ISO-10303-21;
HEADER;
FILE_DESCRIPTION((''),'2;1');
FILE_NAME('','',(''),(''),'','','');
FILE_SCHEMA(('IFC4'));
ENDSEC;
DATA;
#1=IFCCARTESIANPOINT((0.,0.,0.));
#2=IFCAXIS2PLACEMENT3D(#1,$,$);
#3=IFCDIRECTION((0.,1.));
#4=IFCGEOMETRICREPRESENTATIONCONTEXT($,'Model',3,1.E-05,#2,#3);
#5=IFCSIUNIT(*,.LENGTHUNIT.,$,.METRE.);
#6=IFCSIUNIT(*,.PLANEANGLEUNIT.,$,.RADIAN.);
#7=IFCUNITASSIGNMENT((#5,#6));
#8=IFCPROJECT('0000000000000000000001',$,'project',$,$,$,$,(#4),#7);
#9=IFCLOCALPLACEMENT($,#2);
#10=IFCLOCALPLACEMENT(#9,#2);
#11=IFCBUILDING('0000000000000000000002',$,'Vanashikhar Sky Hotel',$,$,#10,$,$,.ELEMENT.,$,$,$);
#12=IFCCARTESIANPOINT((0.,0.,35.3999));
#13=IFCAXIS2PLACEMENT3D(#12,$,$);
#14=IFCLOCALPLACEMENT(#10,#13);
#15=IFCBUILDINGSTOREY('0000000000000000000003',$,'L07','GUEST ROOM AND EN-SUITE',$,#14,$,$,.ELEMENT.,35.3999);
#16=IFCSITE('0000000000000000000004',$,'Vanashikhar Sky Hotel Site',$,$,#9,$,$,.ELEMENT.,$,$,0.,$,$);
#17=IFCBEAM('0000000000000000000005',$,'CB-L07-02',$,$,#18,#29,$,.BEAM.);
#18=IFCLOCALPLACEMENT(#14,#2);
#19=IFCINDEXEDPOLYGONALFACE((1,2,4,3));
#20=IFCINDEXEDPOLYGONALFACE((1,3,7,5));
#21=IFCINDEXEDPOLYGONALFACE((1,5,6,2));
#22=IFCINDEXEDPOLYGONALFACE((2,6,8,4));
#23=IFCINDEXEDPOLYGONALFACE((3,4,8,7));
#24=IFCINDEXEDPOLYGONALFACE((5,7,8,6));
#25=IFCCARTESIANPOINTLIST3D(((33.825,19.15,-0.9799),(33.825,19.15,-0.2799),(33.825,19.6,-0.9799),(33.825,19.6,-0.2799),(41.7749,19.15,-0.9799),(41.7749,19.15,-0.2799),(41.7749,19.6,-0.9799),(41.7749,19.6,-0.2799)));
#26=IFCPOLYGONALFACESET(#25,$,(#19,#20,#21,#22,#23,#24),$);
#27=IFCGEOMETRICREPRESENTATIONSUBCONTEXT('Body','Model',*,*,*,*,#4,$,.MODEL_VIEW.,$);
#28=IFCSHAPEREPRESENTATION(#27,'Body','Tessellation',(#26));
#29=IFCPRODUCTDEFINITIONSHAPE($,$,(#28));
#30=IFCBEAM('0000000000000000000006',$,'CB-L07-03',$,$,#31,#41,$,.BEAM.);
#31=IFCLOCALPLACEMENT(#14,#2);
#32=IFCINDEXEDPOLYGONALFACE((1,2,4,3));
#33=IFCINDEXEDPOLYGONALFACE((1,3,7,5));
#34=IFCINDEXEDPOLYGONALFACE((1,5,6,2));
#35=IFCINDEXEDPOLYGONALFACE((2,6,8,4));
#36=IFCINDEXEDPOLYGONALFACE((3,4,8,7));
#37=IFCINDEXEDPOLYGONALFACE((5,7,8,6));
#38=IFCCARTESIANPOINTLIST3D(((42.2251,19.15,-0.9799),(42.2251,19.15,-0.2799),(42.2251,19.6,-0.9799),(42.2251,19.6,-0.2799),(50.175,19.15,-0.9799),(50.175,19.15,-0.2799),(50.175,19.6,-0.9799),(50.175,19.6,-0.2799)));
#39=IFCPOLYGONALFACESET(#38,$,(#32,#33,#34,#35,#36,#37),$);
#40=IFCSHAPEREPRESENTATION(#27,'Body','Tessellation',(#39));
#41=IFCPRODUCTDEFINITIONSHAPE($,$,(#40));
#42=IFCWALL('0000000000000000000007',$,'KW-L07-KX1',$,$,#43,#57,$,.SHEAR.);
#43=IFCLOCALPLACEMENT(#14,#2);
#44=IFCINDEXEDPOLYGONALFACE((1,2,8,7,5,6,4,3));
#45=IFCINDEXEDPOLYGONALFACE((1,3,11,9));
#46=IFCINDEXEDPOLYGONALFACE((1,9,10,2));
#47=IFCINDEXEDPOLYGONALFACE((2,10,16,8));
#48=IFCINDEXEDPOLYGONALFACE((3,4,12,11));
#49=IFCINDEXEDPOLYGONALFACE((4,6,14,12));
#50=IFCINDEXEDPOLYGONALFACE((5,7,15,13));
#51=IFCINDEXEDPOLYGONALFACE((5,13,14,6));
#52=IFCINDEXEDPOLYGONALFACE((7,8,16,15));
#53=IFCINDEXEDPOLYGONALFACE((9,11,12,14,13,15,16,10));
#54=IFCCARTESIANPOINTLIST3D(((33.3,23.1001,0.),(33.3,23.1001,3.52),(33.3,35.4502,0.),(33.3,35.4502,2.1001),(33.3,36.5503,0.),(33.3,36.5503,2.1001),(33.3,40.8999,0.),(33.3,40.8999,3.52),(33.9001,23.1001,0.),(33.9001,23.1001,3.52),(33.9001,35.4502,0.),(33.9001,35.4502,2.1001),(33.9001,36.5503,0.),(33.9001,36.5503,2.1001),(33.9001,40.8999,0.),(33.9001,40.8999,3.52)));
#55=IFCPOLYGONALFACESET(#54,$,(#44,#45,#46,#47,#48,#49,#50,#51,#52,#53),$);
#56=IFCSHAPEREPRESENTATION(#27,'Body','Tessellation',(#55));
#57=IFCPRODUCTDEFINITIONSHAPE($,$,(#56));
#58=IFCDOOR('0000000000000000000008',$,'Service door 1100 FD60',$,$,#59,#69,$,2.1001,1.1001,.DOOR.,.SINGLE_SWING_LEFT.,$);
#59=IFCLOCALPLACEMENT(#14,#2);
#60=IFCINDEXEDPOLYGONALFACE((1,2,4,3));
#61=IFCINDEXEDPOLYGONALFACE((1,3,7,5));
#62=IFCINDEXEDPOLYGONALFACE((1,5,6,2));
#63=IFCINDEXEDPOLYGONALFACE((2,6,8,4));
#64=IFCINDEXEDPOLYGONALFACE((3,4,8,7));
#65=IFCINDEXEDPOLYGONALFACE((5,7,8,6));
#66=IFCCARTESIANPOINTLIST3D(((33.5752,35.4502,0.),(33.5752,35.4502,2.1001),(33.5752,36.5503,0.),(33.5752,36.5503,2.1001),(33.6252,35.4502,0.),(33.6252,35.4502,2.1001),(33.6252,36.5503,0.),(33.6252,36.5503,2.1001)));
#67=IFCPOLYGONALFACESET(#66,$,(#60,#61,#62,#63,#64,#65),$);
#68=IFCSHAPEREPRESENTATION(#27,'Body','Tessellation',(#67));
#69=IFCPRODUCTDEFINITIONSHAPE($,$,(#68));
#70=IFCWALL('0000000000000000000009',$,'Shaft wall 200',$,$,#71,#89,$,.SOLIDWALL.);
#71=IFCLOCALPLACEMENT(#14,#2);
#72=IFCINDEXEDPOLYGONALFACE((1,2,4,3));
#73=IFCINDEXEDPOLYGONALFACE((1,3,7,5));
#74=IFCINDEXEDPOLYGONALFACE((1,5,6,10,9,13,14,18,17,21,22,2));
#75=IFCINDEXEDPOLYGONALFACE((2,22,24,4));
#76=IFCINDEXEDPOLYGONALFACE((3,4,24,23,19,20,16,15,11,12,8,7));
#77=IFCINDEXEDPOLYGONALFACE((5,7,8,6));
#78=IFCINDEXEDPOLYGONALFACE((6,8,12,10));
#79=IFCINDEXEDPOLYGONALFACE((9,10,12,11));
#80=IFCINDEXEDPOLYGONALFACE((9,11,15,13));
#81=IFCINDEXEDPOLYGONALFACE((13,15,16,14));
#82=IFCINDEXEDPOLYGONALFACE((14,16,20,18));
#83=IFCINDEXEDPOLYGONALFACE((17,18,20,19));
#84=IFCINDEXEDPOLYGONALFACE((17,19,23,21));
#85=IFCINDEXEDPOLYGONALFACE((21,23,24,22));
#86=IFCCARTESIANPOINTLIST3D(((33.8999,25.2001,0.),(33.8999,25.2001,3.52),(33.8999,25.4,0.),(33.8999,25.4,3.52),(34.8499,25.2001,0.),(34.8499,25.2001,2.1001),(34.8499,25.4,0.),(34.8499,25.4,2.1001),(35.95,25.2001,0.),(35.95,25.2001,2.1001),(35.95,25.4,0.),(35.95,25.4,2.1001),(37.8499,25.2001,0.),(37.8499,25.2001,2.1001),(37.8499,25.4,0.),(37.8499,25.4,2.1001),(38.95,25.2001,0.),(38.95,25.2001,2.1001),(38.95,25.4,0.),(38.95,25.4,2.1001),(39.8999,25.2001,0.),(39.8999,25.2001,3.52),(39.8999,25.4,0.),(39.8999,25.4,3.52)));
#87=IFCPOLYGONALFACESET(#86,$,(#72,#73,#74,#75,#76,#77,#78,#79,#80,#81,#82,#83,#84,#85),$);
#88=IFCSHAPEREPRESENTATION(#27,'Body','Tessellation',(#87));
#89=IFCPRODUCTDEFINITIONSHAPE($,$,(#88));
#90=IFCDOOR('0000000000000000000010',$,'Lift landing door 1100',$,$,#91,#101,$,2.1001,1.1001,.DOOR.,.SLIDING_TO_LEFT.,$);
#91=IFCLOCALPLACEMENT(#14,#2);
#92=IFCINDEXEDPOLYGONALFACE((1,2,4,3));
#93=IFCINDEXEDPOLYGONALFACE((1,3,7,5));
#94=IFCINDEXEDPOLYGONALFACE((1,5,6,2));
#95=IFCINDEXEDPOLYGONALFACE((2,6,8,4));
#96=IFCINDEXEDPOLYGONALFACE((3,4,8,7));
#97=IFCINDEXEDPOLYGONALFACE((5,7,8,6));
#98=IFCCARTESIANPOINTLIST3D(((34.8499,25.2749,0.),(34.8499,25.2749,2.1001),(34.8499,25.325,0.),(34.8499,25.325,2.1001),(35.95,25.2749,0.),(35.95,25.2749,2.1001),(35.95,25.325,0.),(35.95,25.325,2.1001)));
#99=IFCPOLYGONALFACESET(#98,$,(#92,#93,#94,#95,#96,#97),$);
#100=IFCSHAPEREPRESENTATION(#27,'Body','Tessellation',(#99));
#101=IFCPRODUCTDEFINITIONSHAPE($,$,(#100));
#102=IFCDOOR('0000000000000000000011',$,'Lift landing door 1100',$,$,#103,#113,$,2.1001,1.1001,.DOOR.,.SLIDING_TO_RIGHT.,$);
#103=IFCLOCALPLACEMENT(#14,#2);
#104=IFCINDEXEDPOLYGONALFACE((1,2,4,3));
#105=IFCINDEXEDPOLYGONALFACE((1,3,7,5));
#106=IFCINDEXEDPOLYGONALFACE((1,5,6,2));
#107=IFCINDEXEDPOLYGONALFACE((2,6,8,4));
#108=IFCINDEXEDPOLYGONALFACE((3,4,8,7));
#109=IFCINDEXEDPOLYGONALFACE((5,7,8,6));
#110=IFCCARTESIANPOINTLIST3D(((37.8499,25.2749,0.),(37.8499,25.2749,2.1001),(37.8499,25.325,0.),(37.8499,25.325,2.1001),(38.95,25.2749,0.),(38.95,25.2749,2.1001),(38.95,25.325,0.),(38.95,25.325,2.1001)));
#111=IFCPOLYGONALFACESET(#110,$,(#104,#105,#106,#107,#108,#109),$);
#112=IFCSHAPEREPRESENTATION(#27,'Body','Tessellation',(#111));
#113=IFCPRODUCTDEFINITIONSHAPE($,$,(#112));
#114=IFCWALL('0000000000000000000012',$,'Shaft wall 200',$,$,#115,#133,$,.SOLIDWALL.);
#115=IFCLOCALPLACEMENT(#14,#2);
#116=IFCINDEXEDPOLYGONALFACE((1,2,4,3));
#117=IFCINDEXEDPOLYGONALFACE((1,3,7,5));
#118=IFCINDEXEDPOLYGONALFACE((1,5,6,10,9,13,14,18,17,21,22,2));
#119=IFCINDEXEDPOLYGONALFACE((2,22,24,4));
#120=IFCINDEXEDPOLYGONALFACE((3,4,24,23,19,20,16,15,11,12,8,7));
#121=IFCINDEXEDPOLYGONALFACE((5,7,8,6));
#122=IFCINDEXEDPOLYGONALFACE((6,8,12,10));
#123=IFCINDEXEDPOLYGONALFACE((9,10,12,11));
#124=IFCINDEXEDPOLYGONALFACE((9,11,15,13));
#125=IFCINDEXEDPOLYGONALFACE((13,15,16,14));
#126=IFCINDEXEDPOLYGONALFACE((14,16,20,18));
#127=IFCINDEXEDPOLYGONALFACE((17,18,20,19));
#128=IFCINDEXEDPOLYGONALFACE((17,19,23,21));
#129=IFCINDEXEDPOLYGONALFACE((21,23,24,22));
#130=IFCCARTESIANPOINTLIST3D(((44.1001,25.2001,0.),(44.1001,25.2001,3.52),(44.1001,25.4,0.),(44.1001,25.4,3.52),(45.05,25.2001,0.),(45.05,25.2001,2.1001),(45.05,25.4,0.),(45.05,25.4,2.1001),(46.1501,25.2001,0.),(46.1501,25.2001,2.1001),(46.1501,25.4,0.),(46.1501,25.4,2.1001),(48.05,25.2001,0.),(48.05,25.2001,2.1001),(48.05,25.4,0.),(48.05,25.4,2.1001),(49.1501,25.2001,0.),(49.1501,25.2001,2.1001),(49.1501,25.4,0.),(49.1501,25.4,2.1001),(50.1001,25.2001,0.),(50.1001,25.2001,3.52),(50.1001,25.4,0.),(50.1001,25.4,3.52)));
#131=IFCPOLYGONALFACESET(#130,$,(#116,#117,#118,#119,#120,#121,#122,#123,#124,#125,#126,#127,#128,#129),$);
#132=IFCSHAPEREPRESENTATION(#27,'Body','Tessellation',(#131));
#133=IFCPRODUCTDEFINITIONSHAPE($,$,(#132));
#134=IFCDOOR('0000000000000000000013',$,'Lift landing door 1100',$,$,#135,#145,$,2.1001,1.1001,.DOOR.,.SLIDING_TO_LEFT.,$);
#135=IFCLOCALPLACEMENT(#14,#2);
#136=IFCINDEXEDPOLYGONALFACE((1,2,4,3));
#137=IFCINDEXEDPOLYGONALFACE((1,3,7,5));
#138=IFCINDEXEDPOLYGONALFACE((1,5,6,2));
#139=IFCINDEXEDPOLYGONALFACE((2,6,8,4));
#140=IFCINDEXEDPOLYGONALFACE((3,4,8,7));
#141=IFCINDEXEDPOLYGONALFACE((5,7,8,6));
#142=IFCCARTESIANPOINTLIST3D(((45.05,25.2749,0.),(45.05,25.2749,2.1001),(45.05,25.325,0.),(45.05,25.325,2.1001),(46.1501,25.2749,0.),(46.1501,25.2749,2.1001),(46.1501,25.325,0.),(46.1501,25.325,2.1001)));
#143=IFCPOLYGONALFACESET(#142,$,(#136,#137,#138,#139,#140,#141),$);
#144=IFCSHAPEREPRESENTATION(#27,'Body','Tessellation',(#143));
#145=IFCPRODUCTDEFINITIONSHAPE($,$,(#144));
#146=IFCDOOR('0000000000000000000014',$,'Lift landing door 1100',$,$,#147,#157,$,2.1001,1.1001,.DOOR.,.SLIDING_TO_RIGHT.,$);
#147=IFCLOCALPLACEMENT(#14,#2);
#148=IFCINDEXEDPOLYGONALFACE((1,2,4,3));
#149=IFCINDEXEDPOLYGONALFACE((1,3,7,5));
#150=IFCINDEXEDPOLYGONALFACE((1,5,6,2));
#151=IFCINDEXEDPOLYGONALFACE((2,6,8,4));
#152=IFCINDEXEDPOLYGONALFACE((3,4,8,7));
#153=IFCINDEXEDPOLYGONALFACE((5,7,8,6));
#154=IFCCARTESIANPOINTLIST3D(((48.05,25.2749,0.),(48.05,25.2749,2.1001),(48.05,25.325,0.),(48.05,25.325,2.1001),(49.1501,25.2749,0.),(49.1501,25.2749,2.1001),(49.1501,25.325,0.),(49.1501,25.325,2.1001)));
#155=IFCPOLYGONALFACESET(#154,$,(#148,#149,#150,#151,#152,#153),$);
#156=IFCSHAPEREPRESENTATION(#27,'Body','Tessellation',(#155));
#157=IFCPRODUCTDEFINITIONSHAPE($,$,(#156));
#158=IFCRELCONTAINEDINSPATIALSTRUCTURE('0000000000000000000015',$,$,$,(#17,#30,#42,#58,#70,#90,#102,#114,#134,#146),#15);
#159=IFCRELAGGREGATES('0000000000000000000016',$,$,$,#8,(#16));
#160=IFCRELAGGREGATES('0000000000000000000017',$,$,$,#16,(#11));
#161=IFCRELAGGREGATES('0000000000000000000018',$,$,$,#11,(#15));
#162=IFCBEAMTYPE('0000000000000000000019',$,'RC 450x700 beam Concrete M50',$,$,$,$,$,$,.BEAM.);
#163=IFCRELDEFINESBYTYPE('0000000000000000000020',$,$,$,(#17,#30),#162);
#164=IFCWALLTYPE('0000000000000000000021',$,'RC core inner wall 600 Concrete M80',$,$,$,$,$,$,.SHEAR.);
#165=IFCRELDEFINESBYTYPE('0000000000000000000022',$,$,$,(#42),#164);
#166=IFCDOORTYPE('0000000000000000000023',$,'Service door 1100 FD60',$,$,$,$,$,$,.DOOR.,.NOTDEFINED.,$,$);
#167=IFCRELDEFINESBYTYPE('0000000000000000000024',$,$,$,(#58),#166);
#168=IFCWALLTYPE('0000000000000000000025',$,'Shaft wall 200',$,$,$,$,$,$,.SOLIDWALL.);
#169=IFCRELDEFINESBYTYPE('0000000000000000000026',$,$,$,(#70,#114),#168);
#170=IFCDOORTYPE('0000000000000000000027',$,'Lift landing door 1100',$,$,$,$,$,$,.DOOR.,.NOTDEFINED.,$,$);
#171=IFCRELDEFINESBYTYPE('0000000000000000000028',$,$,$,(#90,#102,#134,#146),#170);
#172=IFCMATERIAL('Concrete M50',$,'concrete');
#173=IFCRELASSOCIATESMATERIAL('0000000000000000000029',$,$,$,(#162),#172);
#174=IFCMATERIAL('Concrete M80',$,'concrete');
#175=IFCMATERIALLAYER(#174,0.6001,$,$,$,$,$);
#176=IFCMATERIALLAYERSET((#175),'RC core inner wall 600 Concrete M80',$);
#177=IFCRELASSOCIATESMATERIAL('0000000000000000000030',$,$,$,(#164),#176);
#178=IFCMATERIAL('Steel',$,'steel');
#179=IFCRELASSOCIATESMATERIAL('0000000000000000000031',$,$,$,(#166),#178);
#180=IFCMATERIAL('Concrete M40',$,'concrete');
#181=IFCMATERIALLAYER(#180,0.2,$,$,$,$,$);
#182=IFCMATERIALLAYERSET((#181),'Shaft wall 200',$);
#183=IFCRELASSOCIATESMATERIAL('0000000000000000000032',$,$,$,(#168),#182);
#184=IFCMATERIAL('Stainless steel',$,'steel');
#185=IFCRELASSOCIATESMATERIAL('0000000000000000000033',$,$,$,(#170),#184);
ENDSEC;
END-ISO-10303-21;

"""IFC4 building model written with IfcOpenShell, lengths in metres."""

from ifc_helpers import new_model, si_unit, direction, frame, frame_2d, origin, origin_2d, place, context, subcontext, project, spatial, rectangle, extrude, source, transform, mapped, material, layer, layer_set, material_profile, profile_set, type_object, element, fill, save


model = new_model("IFC4")

# Units and contexts
model_context = context("Model", 3, precision=1e-05, world=origin(), true_north=direction((0.0, 1.0)))
body_context = subcontext(model_context, "Body", "Model", "MODEL_VIEW")
ifc_project = project(units=[si_unit("LENGTHUNIT", "METRE"), si_unit("PLANEANGLEUNIT", "RADIAN")], contexts=[model_context])

# Site, building, storey
site_placement = place(None, origin())
site = spatial("IfcSite", under=ifc_project, at=site_placement, Name="Vanashikhar Sky Hotel Site", CompositionType="ELEMENT", RefElevation=0.0)
building_placement = place(site_placement, origin())
building = spatial("IfcBuilding", under=site, at=building_placement, Name="Vanashikhar Sky Hotel", CompositionType="ELEMENT")
storey_placement = place(building_placement, frame((0.0, 0.0, 35.3999)))
storey = spatial("IfcBuildingStorey", under=building, at=storey_placement, Name="L07", Description="GUEST ROOM AND EN-SUITE", CompositionType="ELEMENT", Elevation=35.3999)

# Beams
ifc_material_1 = material(Name="Concrete M50", Category="concrete")
ifc_material_profile = material_profile(ifc_material_1, rectangle(XDim=0.45, YDim=0.7, at=origin_2d()))
ifc_profile_set = profile_set([ifc_material_profile], Name="RC 450x700 beam Concrete M50")
beam_type = type_object("IfcBeamType", Name="RC 450x700 beam Concrete M50", PredefinedType="BEAM", material=ifc_profile_set)
shared_shape_1 = source(origin(), body_context, "Body", "SweptSolid", [
    extrude(rectangle(XDim=0.45, YDim=0.7, at=origin_2d()), origin(), (0.0, 0.0, 1.0), 7.95),
])
for number, where, z_axis, x_axis, name in (
    (1, (33.825, 19.375, -0.6299), (1.0, 0.0, 0.0), (0.0, 1.0, 0.0), "CB-L07-02"),
    (2, (42.2251, 19.375, -0.6299), (1.0, 0.0, 0.0), (0.0, 1.0, 0.0), "CB-L07-03"),
):
    element("IfcBeam", number, at=place(storey_placement, frame(where, z_axis=z_axis, x_axis=x_axis)), inside=storey, type_object=beam_type, Name=name, PredefinedType="BEAM", context=body_context, shape_type="MappedRepresentation", body=[
        mapped(shared_shape_1, transform((0.0, 0.0, 0.0), scale=1.0)),
    ])

# Wall, opening, door
ifc_material_2 = material(Name="Concrete M80", Category="concrete")
ifc_layer_1 = layer(ifc_material_2, 0.6001)
ifc_layer_set_1 = layer_set([ifc_layer_1], Name="RC core inner wall 600 Concrete M80")
wall_type_1 = type_object("IfcWallType", Name="RC core inner wall 600 Concrete M80", PredefinedType="SHEAR", material=ifc_layer_set_1)
shared_shape_2 = source(origin(), body_context, "Body", "SweptSolid", [
    extrude(rectangle(XDim=17.7998, YDim=0.6001, at=frame_2d((8.8999, 0.0))), origin(), (0.0, 0.0, 1.0), 3.52),
])
wall_1_placement = place(storey_placement, frame((33.6001, 23.1001, 0.0), z_axis=(0.0, 0.0, 1.0), x_axis=(0.0, 1.0, 0.0)))
wall_1 = element("IfcWall", 3, at=wall_1_placement, inside=storey, type_object=wall_type_1, Name="KW-L07-KX1", PredefinedType="SHEAR", context=body_context, shape_type="MappedRepresentation", body=[
    mapped(shared_shape_2, transform((0.0, 0.0, 0.0), scale=1.0)),
])
shared_shape_3 = source(origin(), body_context, "Body", "SweptSolid", [
    extrude(rectangle(XDim=1.1001, YDim=2.1001, at=frame_2d((0.55, 1.05))), frame((0.0, 0.3101, 0.0), z_axis=(0.0, -1.0, 0.0), x_axis=(1.0, 0.0, 0.0)), (0.0, 0.0, 1.0), 0.6201),
])
opening_1_placement = place(wall_1_placement, frame((12.3501, 0.0, 0.0)))
opening_1 = element("IfcOpeningElement", 4, at=opening_1_placement, cuts=wall_1, PredefinedType="OPENING", context=body_context, shape_type="MappedRepresentation", body=[
    mapped(shared_shape_3, transform((0.0, 0.0, 0.0), scale=1.0)),
])
ifc_material_3 = material(Name="Steel", Category="steel")
door_type_1 = type_object("IfcDoorType", Name="Service door 1100 FD60", OperationType="NOTDEFINED", PredefinedType="DOOR", material=ifc_material_3)
shared_shape_4 = source(origin(), body_context, "Body", "SweptSolid", [
    extrude(rectangle(XDim=1.1001, YDim=2.1001, at=frame_2d((0.55, 1.05))), frame((0.0, 0.0249, 0.0), z_axis=(0.0, -1.0, 0.0), x_axis=(1.0, 0.0, 0.0)), (0.0, 0.0, 1.0), 0.05),
])
door_1_placement = place(opening_1_placement, origin())
door_1 = element("IfcDoor", 5, at=door_1_placement, inside=storey, type_object=door_type_1, Name="Service door 1100 FD60", OperationType="SINGLE_SWING_LEFT", OverallHeight=2.1001, OverallWidth=1.1001, PredefinedType="DOOR", context=body_context, shape_type="MappedRepresentation", body=[
    mapped(shared_shape_4, transform((0.0, 0.0, 0.0), scale=1.0)),
])
fill(opening_1, door_1)

# Walls, openings, doors
ifc_material_4 = material(Name="Concrete M40", Category="concrete")
ifc_layer_2 = layer(ifc_material_4, 0.2)
ifc_layer_set_2 = layer_set([ifc_layer_2], Name="Shaft wall 200")
wall_type_2 = type_object("IfcWallType", Name="Shaft wall 200", PredefinedType="SOLIDWALL", material=ifc_layer_set_2)
shared_shape_5 = source(origin(), body_context, "Body", "SweptSolid", [
    extrude(rectangle(XDim=6.0, YDim=0.2, at=frame_2d((3.0, 0.0))), origin(), (0.0, 0.0, 1.0), 3.52),
])
wall_2_placement = place(storey_placement, frame((33.8999, 25.3, 0.0), z_axis=(0.0, 0.0, 1.0), x_axis=(1.0, 0.0, 0.0)))
wall_2 = element("IfcWall", 6, at=wall_2_placement, inside=storey, type_object=wall_type_2, Name="Shaft wall 200", PredefinedType="SOLIDWALL", context=body_context, shape_type="MappedRepresentation", body=[
    mapped(shared_shape_5, transform((0.0, 0.0, 0.0), scale=1.0)),
])
shared_shape_6 = source(origin(), body_context, "Body", "SweptSolid", [
    extrude(rectangle(XDim=1.1001, YDim=2.1001, at=frame_2d((0.55, 1.05))), frame((0.0, 0.1099, 0.0), z_axis=(0.0, -1.0, 0.0), x_axis=(1.0, 0.0, 0.0)), (0.0, 0.0, 1.0), 0.22),
])
opening_2_placement = place(wall_2_placement, frame((0.95, 0.0, 0.0)))
opening_2 = element("IfcOpeningElement", 7, at=opening_2_placement, cuts=wall_2, PredefinedType="OPENING", context=body_context, shape_type="MappedRepresentation", body=[
    mapped(shared_shape_6, transform((0.0, 0.0, 0.0), scale=1.0)),
])
opening_3_placement = place(wall_2_placement, frame((3.95, 0.0, 0.0)))
opening_3 = element("IfcOpeningElement", 8, at=opening_3_placement, cuts=wall_2, PredefinedType="OPENING", context=body_context, shape_type="MappedRepresentation", body=[
    mapped(shared_shape_6, transform((0.0, 0.0, 0.0), scale=1.0)),
])
ifc_material_5 = material(Name="Stainless steel", Category="steel")
door_type_2 = type_object("IfcDoorType", Name="Lift landing door 1100", OperationType="NOTDEFINED", PredefinedType="DOOR", material=ifc_material_5)
door_2_placement = place(opening_2_placement, origin())
door_2 = element("IfcDoor", 9, at=door_2_placement, inside=storey, type_object=door_type_2, Name="Lift landing door 1100", OperationType="SLIDING_TO_LEFT", OverallHeight=2.1001, OverallWidth=1.1001, PredefinedType="DOOR", context=body_context, shape_type="MappedRepresentation", body=[
    mapped(shared_shape_4, transform((0.0, 0.0, 0.0), scale=1.0)),
])
fill(opening_2, door_2)
door_3_placement = place(opening_3_placement, origin())
door_3 = element("IfcDoor", 10, at=door_3_placement, inside=storey, type_object=door_type_2, Name="Lift landing door 1100", OperationType="SLIDING_TO_RIGHT", OverallHeight=2.1001, OverallWidth=1.1001, PredefinedType="DOOR", context=body_context, shape_type="MappedRepresentation", body=[
    mapped(shared_shape_4, transform((0.0, 0.0, 0.0), scale=1.0)),
])
fill(opening_3, door_3)
wall_3_placement = place(storey_placement, frame((44.1001, 25.3, 0.0), z_axis=(0.0, 0.0, 1.0), x_axis=(1.0, 0.0, 0.0)))
wall_3 = element("IfcWall", 11, at=wall_3_placement, inside=storey, type_object=wall_type_2, Name="Shaft wall 200", PredefinedType="SOLIDWALL", context=body_context, shape_type="MappedRepresentation", body=[
    mapped(shared_shape_5, transform((0.0, 0.0, 0.0), scale=1.0)),
])
opening_4_placement = place(wall_3_placement, frame((0.95, 0.0, 0.0)))
opening_4 = element("IfcOpeningElement", 12, at=opening_4_placement, cuts=wall_3, PredefinedType="OPENING", context=body_context, shape_type="MappedRepresentation", body=[
    mapped(shared_shape_6, transform((0.0, 0.0, 0.0), scale=1.0)),
])
opening_5_placement = place(wall_3_placement, frame((3.95, 0.0, 0.0)))
opening_5 = element("IfcOpeningElement", 13, at=opening_5_placement, cuts=wall_3, PredefinedType="OPENING", context=body_context, shape_type="MappedRepresentation", body=[
    mapped(shared_shape_6, transform((0.0, 0.0, 0.0), scale=1.0)),
])
door_4_placement = place(opening_4_placement, origin())
door_4 = element("IfcDoor", 14, at=door_4_placement, inside=storey, type_object=door_type_2, Name="Lift landing door 1100", OperationType="SLIDING_TO_LEFT", OverallHeight=2.1001, OverallWidth=1.1001, PredefinedType="DOOR", context=body_context, shape_type="MappedRepresentation", body=[
    mapped(shared_shape_4, transform((0.0, 0.0, 0.0), scale=1.0)),
])
fill(opening_4, door_4)
door_5_placement = place(opening_5_placement, origin())
door_5 = element("IfcDoor", 15, at=door_5_placement, inside=storey, type_object=door_type_2, Name="Lift landing door 1100", OperationType="SLIDING_TO_RIGHT", OverallHeight=2.1001, OverallWidth=1.1001, PredefinedType="DOOR", context=body_context, shape_type="MappedRepresentation", body=[
    mapped(shared_shape_4, transform((0.0, 0.0, 0.0), scale=1.0)),
])
fill(opening_5, door_5)

save(model, "model.ifc")
